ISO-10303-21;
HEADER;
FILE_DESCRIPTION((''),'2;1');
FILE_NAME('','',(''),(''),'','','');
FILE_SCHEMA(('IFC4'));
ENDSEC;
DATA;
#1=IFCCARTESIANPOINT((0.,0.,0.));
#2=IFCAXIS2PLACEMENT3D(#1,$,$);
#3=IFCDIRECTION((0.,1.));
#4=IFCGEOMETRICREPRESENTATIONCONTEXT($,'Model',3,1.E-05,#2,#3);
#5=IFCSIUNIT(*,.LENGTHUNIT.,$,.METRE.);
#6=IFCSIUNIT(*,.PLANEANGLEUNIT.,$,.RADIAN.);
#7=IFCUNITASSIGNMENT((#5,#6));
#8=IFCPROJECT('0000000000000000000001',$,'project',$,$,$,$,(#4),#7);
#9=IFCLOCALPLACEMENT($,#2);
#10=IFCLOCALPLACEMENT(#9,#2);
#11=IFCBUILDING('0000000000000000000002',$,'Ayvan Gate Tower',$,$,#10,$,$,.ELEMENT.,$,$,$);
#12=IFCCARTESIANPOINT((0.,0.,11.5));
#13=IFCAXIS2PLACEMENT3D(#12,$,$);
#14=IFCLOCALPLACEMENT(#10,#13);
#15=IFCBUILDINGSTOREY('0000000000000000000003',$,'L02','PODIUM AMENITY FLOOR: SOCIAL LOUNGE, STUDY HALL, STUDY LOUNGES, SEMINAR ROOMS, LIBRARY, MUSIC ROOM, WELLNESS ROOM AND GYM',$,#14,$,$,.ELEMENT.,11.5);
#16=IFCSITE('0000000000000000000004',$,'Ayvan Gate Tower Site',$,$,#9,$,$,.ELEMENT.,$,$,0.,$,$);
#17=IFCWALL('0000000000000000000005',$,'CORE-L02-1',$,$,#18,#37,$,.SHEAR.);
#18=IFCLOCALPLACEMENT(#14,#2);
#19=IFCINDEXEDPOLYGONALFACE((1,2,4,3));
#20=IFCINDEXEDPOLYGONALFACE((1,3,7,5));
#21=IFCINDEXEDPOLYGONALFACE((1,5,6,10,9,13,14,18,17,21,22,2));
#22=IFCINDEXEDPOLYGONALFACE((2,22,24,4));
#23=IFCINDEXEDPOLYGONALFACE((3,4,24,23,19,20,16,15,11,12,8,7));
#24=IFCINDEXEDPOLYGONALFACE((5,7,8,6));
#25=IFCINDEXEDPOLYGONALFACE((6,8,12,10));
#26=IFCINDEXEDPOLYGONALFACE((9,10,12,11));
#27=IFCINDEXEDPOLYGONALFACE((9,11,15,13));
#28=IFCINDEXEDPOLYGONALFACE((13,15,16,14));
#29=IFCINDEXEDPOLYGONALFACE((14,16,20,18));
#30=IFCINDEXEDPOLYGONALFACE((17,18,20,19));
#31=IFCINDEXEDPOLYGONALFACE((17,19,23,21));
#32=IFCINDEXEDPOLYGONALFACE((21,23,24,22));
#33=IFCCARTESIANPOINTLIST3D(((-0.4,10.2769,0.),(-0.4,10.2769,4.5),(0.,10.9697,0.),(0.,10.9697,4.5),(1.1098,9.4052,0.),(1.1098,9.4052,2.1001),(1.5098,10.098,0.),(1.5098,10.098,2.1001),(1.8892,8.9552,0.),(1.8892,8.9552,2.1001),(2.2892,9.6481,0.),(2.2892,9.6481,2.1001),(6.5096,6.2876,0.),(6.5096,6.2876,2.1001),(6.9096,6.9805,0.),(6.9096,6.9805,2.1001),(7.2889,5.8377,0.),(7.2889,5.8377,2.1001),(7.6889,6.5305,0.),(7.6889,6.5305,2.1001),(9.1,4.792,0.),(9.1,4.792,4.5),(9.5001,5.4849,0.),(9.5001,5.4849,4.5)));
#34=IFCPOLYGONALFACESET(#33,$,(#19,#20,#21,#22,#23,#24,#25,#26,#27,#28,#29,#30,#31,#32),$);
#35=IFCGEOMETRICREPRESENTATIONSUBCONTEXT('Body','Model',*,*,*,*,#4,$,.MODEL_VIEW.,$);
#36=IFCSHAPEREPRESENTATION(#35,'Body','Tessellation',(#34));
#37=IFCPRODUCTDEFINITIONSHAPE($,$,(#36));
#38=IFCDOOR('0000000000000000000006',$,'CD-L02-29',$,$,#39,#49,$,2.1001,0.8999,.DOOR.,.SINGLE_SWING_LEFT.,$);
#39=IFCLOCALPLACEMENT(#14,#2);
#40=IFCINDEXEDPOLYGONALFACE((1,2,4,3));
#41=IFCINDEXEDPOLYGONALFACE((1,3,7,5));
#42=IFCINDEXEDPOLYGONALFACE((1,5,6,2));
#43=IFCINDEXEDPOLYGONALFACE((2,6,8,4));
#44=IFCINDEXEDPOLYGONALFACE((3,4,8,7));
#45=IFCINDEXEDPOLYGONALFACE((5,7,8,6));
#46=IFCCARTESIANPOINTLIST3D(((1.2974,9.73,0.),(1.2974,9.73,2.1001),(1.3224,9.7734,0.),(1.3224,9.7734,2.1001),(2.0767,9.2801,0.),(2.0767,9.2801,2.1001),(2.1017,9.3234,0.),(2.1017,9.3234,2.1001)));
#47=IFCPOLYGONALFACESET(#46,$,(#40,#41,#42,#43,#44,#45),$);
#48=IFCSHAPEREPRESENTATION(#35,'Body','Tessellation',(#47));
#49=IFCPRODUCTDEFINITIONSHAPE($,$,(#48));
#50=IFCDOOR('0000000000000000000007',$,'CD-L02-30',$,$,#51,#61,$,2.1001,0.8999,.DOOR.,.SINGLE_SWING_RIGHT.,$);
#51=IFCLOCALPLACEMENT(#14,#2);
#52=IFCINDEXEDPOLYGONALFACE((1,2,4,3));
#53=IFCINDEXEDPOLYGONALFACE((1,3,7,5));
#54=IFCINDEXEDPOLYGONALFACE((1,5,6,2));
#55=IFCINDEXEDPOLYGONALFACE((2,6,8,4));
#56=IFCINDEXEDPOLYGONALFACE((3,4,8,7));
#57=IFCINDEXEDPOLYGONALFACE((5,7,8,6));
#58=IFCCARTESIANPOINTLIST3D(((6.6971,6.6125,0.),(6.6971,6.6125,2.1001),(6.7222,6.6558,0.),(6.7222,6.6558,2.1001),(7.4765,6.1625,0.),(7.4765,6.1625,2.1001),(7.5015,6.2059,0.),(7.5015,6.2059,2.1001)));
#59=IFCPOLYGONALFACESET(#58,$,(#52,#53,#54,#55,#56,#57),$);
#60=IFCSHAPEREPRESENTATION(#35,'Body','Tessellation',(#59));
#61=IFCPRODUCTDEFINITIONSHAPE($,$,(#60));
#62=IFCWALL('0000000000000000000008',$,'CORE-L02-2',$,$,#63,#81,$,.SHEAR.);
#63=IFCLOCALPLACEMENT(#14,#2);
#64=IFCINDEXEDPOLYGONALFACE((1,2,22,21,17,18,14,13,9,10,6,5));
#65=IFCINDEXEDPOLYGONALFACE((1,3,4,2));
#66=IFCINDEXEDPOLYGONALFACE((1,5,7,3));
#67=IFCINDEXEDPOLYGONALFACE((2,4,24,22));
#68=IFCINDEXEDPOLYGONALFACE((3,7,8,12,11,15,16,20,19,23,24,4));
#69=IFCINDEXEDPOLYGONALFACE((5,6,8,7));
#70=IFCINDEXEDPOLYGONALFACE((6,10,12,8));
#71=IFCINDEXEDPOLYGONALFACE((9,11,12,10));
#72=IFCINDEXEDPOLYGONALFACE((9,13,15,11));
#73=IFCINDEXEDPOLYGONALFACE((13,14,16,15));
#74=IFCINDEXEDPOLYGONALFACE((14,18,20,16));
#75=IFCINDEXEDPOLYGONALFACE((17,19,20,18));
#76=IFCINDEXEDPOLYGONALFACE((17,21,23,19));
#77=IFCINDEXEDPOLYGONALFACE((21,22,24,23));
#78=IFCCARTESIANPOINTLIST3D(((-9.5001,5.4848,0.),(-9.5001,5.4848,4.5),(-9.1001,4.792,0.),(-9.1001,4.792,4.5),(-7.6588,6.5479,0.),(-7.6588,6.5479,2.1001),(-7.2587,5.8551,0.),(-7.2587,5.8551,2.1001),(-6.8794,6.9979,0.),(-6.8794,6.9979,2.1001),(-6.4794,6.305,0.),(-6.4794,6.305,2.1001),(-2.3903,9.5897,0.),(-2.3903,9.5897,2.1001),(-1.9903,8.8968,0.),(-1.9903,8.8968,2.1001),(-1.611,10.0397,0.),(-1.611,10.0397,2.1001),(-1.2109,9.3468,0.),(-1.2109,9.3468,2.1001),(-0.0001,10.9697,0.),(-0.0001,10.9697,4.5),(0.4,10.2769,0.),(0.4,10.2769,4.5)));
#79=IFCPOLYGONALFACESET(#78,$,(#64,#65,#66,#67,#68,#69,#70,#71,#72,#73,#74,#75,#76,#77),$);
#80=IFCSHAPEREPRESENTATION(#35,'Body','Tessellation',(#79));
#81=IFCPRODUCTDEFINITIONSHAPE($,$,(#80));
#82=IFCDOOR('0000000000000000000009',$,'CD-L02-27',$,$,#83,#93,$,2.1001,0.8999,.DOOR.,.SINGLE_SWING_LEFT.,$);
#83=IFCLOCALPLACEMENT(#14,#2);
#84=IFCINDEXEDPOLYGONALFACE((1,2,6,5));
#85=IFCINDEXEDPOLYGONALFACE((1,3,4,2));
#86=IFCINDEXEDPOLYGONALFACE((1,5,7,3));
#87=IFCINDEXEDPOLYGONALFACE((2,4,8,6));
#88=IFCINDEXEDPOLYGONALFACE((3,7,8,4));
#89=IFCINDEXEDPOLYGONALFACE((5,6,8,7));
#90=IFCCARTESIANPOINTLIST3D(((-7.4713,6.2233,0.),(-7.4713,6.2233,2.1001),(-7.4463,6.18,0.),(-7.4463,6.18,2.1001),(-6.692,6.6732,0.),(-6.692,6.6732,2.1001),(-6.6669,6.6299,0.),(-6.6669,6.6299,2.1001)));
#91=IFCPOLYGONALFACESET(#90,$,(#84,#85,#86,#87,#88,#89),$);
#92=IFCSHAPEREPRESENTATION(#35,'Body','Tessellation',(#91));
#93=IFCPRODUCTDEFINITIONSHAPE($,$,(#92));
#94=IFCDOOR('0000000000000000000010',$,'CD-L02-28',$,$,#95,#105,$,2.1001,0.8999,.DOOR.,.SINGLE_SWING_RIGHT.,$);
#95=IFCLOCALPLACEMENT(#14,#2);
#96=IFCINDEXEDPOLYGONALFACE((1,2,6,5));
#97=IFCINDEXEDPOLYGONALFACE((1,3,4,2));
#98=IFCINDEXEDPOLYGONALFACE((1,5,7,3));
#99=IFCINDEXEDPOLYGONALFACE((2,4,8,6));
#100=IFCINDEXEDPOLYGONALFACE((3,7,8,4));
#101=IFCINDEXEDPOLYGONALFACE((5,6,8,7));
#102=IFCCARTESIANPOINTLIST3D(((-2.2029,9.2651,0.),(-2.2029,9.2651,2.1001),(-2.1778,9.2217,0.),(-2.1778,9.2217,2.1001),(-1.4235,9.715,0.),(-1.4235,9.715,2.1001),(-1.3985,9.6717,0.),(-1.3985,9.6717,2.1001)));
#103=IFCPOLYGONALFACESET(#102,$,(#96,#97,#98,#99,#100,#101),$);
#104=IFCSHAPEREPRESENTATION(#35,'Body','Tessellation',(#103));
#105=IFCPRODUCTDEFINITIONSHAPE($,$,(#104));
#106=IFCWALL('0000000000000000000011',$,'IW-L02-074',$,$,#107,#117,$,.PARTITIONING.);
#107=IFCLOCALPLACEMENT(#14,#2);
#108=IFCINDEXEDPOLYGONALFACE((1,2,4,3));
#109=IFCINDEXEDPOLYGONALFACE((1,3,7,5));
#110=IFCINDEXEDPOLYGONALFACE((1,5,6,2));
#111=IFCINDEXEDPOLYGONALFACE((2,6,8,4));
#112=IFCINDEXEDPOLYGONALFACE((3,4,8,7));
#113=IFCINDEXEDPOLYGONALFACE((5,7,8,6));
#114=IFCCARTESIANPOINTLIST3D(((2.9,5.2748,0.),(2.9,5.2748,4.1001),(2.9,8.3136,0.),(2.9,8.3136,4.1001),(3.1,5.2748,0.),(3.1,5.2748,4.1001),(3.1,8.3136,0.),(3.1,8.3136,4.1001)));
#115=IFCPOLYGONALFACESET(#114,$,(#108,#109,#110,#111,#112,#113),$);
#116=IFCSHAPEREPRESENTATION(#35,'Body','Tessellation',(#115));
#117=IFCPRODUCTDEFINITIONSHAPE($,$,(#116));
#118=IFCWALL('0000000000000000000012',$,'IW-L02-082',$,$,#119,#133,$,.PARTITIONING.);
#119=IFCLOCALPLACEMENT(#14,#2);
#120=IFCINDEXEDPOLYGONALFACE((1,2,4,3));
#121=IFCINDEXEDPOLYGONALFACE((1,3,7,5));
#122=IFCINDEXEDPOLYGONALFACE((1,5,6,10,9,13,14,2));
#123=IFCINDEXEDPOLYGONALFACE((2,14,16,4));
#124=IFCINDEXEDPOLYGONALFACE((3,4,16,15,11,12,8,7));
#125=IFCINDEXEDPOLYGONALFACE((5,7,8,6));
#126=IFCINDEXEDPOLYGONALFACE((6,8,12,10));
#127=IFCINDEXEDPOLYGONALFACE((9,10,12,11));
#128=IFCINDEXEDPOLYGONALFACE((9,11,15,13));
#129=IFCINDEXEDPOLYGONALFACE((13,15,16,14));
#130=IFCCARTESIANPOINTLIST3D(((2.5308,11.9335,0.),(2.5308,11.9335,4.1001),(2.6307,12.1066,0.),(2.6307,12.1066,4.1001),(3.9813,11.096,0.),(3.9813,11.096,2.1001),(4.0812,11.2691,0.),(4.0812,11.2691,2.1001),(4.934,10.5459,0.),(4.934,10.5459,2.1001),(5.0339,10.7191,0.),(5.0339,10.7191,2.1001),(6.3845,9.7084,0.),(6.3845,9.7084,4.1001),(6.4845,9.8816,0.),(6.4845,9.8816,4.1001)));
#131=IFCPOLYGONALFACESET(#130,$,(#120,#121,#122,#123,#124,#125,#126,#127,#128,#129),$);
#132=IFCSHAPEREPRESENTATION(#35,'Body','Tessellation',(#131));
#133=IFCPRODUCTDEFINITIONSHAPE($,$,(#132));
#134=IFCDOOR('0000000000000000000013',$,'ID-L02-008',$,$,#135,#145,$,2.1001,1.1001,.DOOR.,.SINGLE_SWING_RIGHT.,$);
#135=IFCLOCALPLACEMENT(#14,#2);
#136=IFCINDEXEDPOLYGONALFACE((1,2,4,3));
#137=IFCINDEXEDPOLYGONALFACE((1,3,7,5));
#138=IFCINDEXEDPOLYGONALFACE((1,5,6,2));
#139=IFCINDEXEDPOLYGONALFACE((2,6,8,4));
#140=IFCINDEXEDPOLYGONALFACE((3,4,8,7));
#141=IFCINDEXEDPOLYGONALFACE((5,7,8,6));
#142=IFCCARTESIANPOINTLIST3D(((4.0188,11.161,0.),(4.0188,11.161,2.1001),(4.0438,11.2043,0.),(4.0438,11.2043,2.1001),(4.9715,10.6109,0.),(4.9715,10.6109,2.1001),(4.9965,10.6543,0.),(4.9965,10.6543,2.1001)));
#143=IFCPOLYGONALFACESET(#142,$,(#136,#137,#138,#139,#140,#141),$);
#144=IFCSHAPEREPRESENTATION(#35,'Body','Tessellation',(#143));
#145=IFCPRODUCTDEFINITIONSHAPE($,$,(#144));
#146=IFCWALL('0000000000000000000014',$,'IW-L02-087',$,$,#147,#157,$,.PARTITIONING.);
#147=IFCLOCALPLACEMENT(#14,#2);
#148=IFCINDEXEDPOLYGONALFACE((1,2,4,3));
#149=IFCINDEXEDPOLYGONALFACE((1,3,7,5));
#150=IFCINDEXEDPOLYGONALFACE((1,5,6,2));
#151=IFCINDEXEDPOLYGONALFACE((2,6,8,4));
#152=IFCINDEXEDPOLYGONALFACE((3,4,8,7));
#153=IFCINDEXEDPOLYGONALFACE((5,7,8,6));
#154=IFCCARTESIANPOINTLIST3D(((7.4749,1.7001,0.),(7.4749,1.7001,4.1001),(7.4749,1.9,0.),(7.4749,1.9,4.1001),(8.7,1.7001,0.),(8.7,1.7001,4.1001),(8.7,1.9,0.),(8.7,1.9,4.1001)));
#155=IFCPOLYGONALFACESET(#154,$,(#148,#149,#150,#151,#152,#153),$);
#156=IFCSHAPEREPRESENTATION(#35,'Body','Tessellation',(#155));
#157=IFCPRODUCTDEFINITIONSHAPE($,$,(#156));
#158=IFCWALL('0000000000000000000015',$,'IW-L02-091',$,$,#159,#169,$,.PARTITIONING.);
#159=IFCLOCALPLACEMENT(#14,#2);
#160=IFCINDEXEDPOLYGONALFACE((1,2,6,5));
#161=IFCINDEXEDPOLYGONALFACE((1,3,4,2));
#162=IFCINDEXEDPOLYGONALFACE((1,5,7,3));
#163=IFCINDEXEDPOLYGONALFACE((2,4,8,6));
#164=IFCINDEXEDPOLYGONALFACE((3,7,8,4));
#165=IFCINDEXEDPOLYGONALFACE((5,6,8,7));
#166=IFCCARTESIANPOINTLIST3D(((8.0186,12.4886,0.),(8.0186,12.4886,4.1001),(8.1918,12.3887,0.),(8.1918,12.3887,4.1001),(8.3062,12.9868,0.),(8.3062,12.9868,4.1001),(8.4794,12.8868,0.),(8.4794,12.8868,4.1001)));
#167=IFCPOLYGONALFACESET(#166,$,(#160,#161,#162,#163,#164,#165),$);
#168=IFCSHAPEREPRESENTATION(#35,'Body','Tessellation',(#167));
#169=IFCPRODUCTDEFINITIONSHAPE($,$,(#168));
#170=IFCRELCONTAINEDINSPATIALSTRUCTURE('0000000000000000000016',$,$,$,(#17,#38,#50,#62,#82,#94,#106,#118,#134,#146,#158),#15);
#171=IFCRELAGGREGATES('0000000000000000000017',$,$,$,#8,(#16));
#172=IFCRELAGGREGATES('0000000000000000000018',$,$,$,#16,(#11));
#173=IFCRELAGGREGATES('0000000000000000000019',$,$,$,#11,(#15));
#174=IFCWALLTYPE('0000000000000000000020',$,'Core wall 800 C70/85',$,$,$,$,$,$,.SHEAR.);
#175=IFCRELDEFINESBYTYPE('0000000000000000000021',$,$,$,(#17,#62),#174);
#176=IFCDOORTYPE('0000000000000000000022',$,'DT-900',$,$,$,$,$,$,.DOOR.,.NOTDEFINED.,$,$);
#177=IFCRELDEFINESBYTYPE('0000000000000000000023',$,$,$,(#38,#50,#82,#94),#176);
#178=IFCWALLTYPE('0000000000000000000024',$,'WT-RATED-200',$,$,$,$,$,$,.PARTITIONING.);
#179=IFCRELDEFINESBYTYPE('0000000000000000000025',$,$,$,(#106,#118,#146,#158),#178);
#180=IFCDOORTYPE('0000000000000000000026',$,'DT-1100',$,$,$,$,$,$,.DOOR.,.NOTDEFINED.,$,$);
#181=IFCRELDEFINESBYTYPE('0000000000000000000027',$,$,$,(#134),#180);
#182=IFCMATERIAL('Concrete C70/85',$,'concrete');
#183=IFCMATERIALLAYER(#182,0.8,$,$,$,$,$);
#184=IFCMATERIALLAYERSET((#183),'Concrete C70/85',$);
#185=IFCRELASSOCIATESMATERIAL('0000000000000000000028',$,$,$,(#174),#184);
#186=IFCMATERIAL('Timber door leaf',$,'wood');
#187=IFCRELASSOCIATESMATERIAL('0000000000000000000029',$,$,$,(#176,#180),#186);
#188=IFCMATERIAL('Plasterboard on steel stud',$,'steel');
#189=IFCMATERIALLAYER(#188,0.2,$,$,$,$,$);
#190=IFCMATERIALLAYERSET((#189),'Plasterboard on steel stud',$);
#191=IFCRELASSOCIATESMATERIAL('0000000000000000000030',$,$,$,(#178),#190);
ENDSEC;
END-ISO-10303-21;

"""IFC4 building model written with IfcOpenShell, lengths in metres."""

from ifc_helpers import new_model, si_unit, direction, frame, frame_2d, origin, place, context, subcontext, project, spatial, rectangle, extrude, material, layer, layer_set, type_object, element, fill, save


model = new_model("IFC4")

# Units and contexts
model_context = context("Model", 3, precision=1e-05, world=origin(), true_north=direction((0.0, 1.0)))
body_context = subcontext(model_context, "Body", "Model", "MODEL_VIEW")
ifc_project = project(units=[si_unit("LENGTHUNIT", "METRE"), si_unit("PLANEANGLEUNIT", "RADIAN")], contexts=[model_context])

# Site, building, storey
site_placement = place(None, origin())
site = spatial("IfcSite", under=ifc_project, at=site_placement, Name="Ayvan Gate Tower Site", CompositionType="ELEMENT", RefElevation=0.0)
building_placement = place(site_placement, origin())
building = spatial("IfcBuilding", under=site, at=building_placement, Name="Ayvan Gate Tower", CompositionType="ELEMENT")
storey_placement = place(building_placement, frame((0.0, 0.0, 11.5)))
storey = spatial("IfcBuildingStorey", under=building, at=storey_placement, Name="L02", Description="PODIUM AMENITY FLOOR: SOCIAL LOUNGE, STUDY HALL, STUDY LOUNGES, SEMINAR ROOMS, LIBRARY, MUSIC ROOM, WELLNESS ROOM AND GYM", CompositionType="ELEMENT", Elevation=11.5)

# Walls, openings, doors
ifc_material_1 = material(Name="Concrete C70/85", Category="concrete")
ifc_layer_1 = layer(ifc_material_1, 0.8)
ifc_layer_set_1 = layer_set([ifc_layer_1], Name="Concrete C70/85")
wall_type_1 = type_object("IfcWallType", Name="Core wall 800 C70/85", PredefinedType="SHEAR", material=ifc_layer_set_1)
wall_1_placement = place(storey_placement, frame((9.3, 5.1384, 0.0), z_axis=(0.0, 0.0, 1.0), x_axis=(-0.866024, 0.500002, 0.0)))
wall_1 = element("IfcWall", 1, at=wall_1_placement, inside=storey, type_object=wall_type_1, Name="CORE-L02-1", PredefinedType="SHEAR", context=body_context, shape_type="SweptSolid", body=[
    extrude(rectangle(XDim=10.9697, YDim=0.8, at=frame_2d((5.4849, 0.0))), origin(), (0.0, 0.0, 1.0), 4.5),
])
opening_1_placement = place(wall_1_placement, frame((8.3264, 0.0, 0.0)))
opening_1 = element("IfcOpeningElement", 2, at=opening_1_placement, cuts=wall_1, PredefinedType="OPENING", context=body_context, shape_type="SweptSolid", body=[
    extrude(rectangle(XDim=0.8999, YDim=2.1001, at=frame_2d((0.45, 1.05))), frame((0.0, 0.4099, 0.0), z_axis=(0.0, -1.0, 0.0), x_axis=(1.0, 0.0, 0.0)), (0.0, 0.0, 1.0), 0.8201),
])
opening_2_placement = place(wall_1_placement, frame((2.0913, 0.0, 0.0)))
opening_2 = element("IfcOpeningElement", 3, at=opening_2_placement, cuts=wall_1, PredefinedType="OPENING", context=body_context, shape_type="SweptSolid", body=[
    extrude(rectangle(XDim=0.8999, YDim=2.1001, at=frame_2d((0.45, 1.05))), frame((0.0, 0.4099, 0.0), z_axis=(0.0, -1.0, 0.0), x_axis=(1.0, 0.0, 0.0)), (0.0, 0.0, 1.0), 0.8201),
])
ifc_material_2 = material(Name="Timber door leaf", Category="wood")
door_type_1 = type_object("IfcDoorType", Name="DT-900", OperationType="NOTDEFINED", PredefinedType="DOOR", material=ifc_material_2)
door_1_placement = place(opening_1_placement, origin())
door_1 = element("IfcDoor", 4, at=door_1_placement, inside=storey, type_object=door_type_1, Name="CD-L02-29", OperationType="SINGLE_SWING_LEFT", OverallHeight=2.1001, OverallWidth=0.8999, PredefinedType="DOOR", context=body_context, shape_type="SweptSolid", body=[
    extrude(rectangle(XDim=0.8999, YDim=2.1001, at=frame_2d((0.45, 1.05))), frame((0.0, 0.0249, 0.0), z_axis=(0.0, -1.0, 0.0), x_axis=(1.0, 0.0, 0.0)), (0.0, 0.0, 1.0), 0.05),
])
fill(opening_1, door_1)
door_2_placement = place(opening_2_placement, origin())
door_2 = element("IfcDoor", 5, at=door_2_placement, inside=storey, type_object=door_type_1, Name="CD-L02-30", OperationType="SINGLE_SWING_RIGHT", OverallHeight=2.1001, OverallWidth=0.8999, PredefinedType="DOOR", context=body_context, shape_type="SweptSolid", body=[
    extrude(rectangle(XDim=0.8999, YDim=2.1001, at=frame_2d((0.45, 1.05))), frame((0.0, 0.0249, 0.0), z_axis=(0.0, -1.0, 0.0), x_axis=(1.0, 0.0, 0.0)), (0.0, 0.0, 1.0), 0.05),
])
fill(opening_2, door_2)
wall_2_placement = place(storey_placement, frame((0.2, 10.6233, 0.0), z_axis=(0.0, 0.0, 1.0), x_axis=(-0.866024, -0.500002, 0.0)))
wall_2 = element("IfcWall", 6, at=wall_2_placement, inside=storey, type_object=wall_type_1, Name="CORE-L02-2", PredefinedType="SHEAR", context=body_context, shape_type="SweptSolid", body=[
    extrude(rectangle(XDim=10.9697, YDim=0.8, at=frame_2d((5.4849, 0.0))), origin(), (0.0, 0.0, 1.0), 4.5),
])
opening_3_placement = place(wall_2_placement, frame((7.9436, 0.0, 0.0)))
opening_3 = element("IfcOpeningElement", 7, at=opening_3_placement, cuts=wall_2, PredefinedType="OPENING", context=body_context, shape_type="SweptSolid", body=[
    extrude(rectangle(XDim=0.8999, YDim=2.1001, at=frame_2d((0.45, 1.05))), frame((0.0, 0.4099, 0.0), z_axis=(0.0, -1.0, 0.0), x_axis=(1.0, 0.0, 0.0)), (0.0, 0.0, 1.0), 0.8201),
])
opening_4_placement = place(wall_2_placement, frame((1.8601, 0.0, 0.0)))
opening_4 = element("IfcOpeningElement", 8, at=opening_4_placement, cuts=wall_2, PredefinedType="OPENING", context=body_context, shape_type="SweptSolid", body=[
    extrude(rectangle(XDim=0.8999, YDim=2.1001, at=frame_2d((0.45, 1.05))), frame((0.0, 0.4099, 0.0), z_axis=(0.0, -1.0, 0.0), x_axis=(1.0, 0.0, 0.0)), (0.0, 0.0, 1.0), 0.8201),
])
door_3_placement = place(opening_3_placement, origin())
door_3 = element("IfcDoor", 9, at=door_3_placement, inside=storey, type_object=door_type_1, Name="CD-L02-27", OperationType="SINGLE_SWING_LEFT", OverallHeight=2.1001, OverallWidth=0.8999, PredefinedType="DOOR", context=body_context, shape_type="SweptSolid", body=[
    extrude(rectangle(XDim=0.8999, YDim=2.1001, at=frame_2d((0.45, 1.05))), frame((0.0, 0.0249, 0.0), z_axis=(0.0, -1.0, 0.0), x_axis=(1.0, 0.0, 0.0)), (0.0, 0.0, 1.0), 0.05),
])
fill(opening_3, door_3)
door_4_placement = place(opening_4_placement, origin())
door_4 = element("IfcDoor", 10, at=door_4_placement, inside=storey, type_object=door_type_1, Name="CD-L02-28", OperationType="SINGLE_SWING_RIGHT", OverallHeight=2.1001, OverallWidth=0.8999, PredefinedType="DOOR", context=body_context, shape_type="SweptSolid", body=[
    extrude(rectangle(XDim=0.8999, YDim=2.1001, at=frame_2d((0.45, 1.05))), frame((0.0, 0.0249, 0.0), z_axis=(0.0, -1.0, 0.0), x_axis=(1.0, 0.0, 0.0)), (0.0, 0.0, 1.0), 0.05),
])
fill(opening_4, door_4)

# Wall
ifc_material_3 = material(Name="Plasterboard on steel stud", Category="steel")
ifc_layer_2 = layer(ifc_material_3, 0.2)
ifc_layer_set_2 = layer_set([ifc_layer_2], Name="Plasterboard on steel stud")
wall_type_2 = type_object("IfcWallType", Name="WT-RATED-200", PredefinedType="PARTITIONING", material=ifc_layer_set_2)
wall_3_placement = place(storey_placement, frame((3.0, 8.3137, 0.0), z_axis=(0.0, 0.0, 1.0), x_axis=(0.0, -1.0, 0.0)))
element("IfcWall", 11, at=wall_3_placement, inside=storey, type_object=wall_type_2, Name="IW-L02-074", PredefinedType="PARTITIONING", context=body_context, shape_type="SweptSolid", body=[
    extrude(rectangle(XDim=3.0388, YDim=0.2, at=frame_2d((1.5195, 0.0))), origin(), (0.0, 0.0, 1.0), 4.1001),
])

# Wall, opening, door
wall_4_placement = place(storey_placement, frame((6.4346, 9.7949, 0.0), z_axis=(0.0, 0.0, 1.0), x_axis=(-0.866013, 0.500022, 0.0)))
wall_4 = element("IfcWall", 12, at=wall_4_placement, inside=storey, type_object=wall_type_2, Name="IW-L02-082", PredefinedType="PARTITIONING", context=body_context, shape_type="SweptSolid", body=[
    extrude(rectangle(XDim=4.45, YDim=0.2, at=frame_2d((2.2251, 0.0))), origin(), (0.0, 0.0, 1.0), 4.1001),
])
opening_5_placement = place(wall_4_placement, frame((1.675, 0.0, 0.0)))
opening_5 = element("IfcOpeningElement", 13, at=opening_5_placement, cuts=wall_4, PredefinedType="OPENING", context=body_context, shape_type="SweptSolid", body=[
    extrude(rectangle(XDim=1.1001, YDim=2.1001, at=frame_2d((0.55, 1.05))), frame((0.0, 0.1099, 0.0), z_axis=(0.0, -1.0, 0.0), x_axis=(1.0, 0.0, 0.0)), (0.0, 0.0, 1.0), 0.22),
])
door_type_2 = type_object("IfcDoorType", Name="DT-1100", OperationType="NOTDEFINED", PredefinedType="DOOR", material=ifc_material_2)
door_5_placement = place(opening_5_placement, origin())
door_5 = element("IfcDoor", 14, at=door_5_placement, inside=storey, type_object=door_type_2, Name="ID-L02-008", OperationType="SINGLE_SWING_RIGHT", OverallHeight=2.1001, OverallWidth=1.1001, PredefinedType="DOOR", context=body_context, shape_type="SweptSolid", body=[
    extrude(rectangle(XDim=1.1001, YDim=2.1001, at=frame_2d((0.55, 1.05))), frame((0.0, 0.0249, 0.0), z_axis=(0.0, -1.0, 0.0), x_axis=(1.0, 0.0, 0.0)), (0.0, 0.0, 1.0), 0.05),
])
fill(opening_5, door_5)

# Walls
wall_5_placement = place(storey_placement, frame((7.4749, 1.8, 0.0), z_axis=(0.0, 0.0, 1.0), x_axis=(1.0, 0.0, 0.0)))
element("IfcWall", 15, at=wall_5_placement, inside=storey, type_object=wall_type_2, Name="IW-L02-087", PredefinedType="PARTITIONING", context=body_context, shape_type="SweptSolid", body=[
    extrude(rectangle(XDim=1.2251, YDim=0.2, at=frame_2d((0.6125, 0.0))), origin(), (0.0, 0.0, 1.0), 4.1001),
])
wall_6_placement = place(storey_placement, frame((8.3928, 12.9368, 0.0), z_axis=(0.0, 0.0, 1.0), x_axis=(-0.500065, -0.865988, 0.0)))
element("IfcWall", 16, at=wall_6_placement, inside=storey, type_object=wall_type_2, Name="IW-L02-091", PredefinedType="PARTITIONING", context=body_context, shape_type="SweptSolid", body=[
    extrude(rectangle(XDim=0.5752, YDim=0.2, at=frame_2d((0.2876, 0.0))), origin(), (0.0, 0.0, 1.0), 4.1001),
])

save(model, "model.ifc")
